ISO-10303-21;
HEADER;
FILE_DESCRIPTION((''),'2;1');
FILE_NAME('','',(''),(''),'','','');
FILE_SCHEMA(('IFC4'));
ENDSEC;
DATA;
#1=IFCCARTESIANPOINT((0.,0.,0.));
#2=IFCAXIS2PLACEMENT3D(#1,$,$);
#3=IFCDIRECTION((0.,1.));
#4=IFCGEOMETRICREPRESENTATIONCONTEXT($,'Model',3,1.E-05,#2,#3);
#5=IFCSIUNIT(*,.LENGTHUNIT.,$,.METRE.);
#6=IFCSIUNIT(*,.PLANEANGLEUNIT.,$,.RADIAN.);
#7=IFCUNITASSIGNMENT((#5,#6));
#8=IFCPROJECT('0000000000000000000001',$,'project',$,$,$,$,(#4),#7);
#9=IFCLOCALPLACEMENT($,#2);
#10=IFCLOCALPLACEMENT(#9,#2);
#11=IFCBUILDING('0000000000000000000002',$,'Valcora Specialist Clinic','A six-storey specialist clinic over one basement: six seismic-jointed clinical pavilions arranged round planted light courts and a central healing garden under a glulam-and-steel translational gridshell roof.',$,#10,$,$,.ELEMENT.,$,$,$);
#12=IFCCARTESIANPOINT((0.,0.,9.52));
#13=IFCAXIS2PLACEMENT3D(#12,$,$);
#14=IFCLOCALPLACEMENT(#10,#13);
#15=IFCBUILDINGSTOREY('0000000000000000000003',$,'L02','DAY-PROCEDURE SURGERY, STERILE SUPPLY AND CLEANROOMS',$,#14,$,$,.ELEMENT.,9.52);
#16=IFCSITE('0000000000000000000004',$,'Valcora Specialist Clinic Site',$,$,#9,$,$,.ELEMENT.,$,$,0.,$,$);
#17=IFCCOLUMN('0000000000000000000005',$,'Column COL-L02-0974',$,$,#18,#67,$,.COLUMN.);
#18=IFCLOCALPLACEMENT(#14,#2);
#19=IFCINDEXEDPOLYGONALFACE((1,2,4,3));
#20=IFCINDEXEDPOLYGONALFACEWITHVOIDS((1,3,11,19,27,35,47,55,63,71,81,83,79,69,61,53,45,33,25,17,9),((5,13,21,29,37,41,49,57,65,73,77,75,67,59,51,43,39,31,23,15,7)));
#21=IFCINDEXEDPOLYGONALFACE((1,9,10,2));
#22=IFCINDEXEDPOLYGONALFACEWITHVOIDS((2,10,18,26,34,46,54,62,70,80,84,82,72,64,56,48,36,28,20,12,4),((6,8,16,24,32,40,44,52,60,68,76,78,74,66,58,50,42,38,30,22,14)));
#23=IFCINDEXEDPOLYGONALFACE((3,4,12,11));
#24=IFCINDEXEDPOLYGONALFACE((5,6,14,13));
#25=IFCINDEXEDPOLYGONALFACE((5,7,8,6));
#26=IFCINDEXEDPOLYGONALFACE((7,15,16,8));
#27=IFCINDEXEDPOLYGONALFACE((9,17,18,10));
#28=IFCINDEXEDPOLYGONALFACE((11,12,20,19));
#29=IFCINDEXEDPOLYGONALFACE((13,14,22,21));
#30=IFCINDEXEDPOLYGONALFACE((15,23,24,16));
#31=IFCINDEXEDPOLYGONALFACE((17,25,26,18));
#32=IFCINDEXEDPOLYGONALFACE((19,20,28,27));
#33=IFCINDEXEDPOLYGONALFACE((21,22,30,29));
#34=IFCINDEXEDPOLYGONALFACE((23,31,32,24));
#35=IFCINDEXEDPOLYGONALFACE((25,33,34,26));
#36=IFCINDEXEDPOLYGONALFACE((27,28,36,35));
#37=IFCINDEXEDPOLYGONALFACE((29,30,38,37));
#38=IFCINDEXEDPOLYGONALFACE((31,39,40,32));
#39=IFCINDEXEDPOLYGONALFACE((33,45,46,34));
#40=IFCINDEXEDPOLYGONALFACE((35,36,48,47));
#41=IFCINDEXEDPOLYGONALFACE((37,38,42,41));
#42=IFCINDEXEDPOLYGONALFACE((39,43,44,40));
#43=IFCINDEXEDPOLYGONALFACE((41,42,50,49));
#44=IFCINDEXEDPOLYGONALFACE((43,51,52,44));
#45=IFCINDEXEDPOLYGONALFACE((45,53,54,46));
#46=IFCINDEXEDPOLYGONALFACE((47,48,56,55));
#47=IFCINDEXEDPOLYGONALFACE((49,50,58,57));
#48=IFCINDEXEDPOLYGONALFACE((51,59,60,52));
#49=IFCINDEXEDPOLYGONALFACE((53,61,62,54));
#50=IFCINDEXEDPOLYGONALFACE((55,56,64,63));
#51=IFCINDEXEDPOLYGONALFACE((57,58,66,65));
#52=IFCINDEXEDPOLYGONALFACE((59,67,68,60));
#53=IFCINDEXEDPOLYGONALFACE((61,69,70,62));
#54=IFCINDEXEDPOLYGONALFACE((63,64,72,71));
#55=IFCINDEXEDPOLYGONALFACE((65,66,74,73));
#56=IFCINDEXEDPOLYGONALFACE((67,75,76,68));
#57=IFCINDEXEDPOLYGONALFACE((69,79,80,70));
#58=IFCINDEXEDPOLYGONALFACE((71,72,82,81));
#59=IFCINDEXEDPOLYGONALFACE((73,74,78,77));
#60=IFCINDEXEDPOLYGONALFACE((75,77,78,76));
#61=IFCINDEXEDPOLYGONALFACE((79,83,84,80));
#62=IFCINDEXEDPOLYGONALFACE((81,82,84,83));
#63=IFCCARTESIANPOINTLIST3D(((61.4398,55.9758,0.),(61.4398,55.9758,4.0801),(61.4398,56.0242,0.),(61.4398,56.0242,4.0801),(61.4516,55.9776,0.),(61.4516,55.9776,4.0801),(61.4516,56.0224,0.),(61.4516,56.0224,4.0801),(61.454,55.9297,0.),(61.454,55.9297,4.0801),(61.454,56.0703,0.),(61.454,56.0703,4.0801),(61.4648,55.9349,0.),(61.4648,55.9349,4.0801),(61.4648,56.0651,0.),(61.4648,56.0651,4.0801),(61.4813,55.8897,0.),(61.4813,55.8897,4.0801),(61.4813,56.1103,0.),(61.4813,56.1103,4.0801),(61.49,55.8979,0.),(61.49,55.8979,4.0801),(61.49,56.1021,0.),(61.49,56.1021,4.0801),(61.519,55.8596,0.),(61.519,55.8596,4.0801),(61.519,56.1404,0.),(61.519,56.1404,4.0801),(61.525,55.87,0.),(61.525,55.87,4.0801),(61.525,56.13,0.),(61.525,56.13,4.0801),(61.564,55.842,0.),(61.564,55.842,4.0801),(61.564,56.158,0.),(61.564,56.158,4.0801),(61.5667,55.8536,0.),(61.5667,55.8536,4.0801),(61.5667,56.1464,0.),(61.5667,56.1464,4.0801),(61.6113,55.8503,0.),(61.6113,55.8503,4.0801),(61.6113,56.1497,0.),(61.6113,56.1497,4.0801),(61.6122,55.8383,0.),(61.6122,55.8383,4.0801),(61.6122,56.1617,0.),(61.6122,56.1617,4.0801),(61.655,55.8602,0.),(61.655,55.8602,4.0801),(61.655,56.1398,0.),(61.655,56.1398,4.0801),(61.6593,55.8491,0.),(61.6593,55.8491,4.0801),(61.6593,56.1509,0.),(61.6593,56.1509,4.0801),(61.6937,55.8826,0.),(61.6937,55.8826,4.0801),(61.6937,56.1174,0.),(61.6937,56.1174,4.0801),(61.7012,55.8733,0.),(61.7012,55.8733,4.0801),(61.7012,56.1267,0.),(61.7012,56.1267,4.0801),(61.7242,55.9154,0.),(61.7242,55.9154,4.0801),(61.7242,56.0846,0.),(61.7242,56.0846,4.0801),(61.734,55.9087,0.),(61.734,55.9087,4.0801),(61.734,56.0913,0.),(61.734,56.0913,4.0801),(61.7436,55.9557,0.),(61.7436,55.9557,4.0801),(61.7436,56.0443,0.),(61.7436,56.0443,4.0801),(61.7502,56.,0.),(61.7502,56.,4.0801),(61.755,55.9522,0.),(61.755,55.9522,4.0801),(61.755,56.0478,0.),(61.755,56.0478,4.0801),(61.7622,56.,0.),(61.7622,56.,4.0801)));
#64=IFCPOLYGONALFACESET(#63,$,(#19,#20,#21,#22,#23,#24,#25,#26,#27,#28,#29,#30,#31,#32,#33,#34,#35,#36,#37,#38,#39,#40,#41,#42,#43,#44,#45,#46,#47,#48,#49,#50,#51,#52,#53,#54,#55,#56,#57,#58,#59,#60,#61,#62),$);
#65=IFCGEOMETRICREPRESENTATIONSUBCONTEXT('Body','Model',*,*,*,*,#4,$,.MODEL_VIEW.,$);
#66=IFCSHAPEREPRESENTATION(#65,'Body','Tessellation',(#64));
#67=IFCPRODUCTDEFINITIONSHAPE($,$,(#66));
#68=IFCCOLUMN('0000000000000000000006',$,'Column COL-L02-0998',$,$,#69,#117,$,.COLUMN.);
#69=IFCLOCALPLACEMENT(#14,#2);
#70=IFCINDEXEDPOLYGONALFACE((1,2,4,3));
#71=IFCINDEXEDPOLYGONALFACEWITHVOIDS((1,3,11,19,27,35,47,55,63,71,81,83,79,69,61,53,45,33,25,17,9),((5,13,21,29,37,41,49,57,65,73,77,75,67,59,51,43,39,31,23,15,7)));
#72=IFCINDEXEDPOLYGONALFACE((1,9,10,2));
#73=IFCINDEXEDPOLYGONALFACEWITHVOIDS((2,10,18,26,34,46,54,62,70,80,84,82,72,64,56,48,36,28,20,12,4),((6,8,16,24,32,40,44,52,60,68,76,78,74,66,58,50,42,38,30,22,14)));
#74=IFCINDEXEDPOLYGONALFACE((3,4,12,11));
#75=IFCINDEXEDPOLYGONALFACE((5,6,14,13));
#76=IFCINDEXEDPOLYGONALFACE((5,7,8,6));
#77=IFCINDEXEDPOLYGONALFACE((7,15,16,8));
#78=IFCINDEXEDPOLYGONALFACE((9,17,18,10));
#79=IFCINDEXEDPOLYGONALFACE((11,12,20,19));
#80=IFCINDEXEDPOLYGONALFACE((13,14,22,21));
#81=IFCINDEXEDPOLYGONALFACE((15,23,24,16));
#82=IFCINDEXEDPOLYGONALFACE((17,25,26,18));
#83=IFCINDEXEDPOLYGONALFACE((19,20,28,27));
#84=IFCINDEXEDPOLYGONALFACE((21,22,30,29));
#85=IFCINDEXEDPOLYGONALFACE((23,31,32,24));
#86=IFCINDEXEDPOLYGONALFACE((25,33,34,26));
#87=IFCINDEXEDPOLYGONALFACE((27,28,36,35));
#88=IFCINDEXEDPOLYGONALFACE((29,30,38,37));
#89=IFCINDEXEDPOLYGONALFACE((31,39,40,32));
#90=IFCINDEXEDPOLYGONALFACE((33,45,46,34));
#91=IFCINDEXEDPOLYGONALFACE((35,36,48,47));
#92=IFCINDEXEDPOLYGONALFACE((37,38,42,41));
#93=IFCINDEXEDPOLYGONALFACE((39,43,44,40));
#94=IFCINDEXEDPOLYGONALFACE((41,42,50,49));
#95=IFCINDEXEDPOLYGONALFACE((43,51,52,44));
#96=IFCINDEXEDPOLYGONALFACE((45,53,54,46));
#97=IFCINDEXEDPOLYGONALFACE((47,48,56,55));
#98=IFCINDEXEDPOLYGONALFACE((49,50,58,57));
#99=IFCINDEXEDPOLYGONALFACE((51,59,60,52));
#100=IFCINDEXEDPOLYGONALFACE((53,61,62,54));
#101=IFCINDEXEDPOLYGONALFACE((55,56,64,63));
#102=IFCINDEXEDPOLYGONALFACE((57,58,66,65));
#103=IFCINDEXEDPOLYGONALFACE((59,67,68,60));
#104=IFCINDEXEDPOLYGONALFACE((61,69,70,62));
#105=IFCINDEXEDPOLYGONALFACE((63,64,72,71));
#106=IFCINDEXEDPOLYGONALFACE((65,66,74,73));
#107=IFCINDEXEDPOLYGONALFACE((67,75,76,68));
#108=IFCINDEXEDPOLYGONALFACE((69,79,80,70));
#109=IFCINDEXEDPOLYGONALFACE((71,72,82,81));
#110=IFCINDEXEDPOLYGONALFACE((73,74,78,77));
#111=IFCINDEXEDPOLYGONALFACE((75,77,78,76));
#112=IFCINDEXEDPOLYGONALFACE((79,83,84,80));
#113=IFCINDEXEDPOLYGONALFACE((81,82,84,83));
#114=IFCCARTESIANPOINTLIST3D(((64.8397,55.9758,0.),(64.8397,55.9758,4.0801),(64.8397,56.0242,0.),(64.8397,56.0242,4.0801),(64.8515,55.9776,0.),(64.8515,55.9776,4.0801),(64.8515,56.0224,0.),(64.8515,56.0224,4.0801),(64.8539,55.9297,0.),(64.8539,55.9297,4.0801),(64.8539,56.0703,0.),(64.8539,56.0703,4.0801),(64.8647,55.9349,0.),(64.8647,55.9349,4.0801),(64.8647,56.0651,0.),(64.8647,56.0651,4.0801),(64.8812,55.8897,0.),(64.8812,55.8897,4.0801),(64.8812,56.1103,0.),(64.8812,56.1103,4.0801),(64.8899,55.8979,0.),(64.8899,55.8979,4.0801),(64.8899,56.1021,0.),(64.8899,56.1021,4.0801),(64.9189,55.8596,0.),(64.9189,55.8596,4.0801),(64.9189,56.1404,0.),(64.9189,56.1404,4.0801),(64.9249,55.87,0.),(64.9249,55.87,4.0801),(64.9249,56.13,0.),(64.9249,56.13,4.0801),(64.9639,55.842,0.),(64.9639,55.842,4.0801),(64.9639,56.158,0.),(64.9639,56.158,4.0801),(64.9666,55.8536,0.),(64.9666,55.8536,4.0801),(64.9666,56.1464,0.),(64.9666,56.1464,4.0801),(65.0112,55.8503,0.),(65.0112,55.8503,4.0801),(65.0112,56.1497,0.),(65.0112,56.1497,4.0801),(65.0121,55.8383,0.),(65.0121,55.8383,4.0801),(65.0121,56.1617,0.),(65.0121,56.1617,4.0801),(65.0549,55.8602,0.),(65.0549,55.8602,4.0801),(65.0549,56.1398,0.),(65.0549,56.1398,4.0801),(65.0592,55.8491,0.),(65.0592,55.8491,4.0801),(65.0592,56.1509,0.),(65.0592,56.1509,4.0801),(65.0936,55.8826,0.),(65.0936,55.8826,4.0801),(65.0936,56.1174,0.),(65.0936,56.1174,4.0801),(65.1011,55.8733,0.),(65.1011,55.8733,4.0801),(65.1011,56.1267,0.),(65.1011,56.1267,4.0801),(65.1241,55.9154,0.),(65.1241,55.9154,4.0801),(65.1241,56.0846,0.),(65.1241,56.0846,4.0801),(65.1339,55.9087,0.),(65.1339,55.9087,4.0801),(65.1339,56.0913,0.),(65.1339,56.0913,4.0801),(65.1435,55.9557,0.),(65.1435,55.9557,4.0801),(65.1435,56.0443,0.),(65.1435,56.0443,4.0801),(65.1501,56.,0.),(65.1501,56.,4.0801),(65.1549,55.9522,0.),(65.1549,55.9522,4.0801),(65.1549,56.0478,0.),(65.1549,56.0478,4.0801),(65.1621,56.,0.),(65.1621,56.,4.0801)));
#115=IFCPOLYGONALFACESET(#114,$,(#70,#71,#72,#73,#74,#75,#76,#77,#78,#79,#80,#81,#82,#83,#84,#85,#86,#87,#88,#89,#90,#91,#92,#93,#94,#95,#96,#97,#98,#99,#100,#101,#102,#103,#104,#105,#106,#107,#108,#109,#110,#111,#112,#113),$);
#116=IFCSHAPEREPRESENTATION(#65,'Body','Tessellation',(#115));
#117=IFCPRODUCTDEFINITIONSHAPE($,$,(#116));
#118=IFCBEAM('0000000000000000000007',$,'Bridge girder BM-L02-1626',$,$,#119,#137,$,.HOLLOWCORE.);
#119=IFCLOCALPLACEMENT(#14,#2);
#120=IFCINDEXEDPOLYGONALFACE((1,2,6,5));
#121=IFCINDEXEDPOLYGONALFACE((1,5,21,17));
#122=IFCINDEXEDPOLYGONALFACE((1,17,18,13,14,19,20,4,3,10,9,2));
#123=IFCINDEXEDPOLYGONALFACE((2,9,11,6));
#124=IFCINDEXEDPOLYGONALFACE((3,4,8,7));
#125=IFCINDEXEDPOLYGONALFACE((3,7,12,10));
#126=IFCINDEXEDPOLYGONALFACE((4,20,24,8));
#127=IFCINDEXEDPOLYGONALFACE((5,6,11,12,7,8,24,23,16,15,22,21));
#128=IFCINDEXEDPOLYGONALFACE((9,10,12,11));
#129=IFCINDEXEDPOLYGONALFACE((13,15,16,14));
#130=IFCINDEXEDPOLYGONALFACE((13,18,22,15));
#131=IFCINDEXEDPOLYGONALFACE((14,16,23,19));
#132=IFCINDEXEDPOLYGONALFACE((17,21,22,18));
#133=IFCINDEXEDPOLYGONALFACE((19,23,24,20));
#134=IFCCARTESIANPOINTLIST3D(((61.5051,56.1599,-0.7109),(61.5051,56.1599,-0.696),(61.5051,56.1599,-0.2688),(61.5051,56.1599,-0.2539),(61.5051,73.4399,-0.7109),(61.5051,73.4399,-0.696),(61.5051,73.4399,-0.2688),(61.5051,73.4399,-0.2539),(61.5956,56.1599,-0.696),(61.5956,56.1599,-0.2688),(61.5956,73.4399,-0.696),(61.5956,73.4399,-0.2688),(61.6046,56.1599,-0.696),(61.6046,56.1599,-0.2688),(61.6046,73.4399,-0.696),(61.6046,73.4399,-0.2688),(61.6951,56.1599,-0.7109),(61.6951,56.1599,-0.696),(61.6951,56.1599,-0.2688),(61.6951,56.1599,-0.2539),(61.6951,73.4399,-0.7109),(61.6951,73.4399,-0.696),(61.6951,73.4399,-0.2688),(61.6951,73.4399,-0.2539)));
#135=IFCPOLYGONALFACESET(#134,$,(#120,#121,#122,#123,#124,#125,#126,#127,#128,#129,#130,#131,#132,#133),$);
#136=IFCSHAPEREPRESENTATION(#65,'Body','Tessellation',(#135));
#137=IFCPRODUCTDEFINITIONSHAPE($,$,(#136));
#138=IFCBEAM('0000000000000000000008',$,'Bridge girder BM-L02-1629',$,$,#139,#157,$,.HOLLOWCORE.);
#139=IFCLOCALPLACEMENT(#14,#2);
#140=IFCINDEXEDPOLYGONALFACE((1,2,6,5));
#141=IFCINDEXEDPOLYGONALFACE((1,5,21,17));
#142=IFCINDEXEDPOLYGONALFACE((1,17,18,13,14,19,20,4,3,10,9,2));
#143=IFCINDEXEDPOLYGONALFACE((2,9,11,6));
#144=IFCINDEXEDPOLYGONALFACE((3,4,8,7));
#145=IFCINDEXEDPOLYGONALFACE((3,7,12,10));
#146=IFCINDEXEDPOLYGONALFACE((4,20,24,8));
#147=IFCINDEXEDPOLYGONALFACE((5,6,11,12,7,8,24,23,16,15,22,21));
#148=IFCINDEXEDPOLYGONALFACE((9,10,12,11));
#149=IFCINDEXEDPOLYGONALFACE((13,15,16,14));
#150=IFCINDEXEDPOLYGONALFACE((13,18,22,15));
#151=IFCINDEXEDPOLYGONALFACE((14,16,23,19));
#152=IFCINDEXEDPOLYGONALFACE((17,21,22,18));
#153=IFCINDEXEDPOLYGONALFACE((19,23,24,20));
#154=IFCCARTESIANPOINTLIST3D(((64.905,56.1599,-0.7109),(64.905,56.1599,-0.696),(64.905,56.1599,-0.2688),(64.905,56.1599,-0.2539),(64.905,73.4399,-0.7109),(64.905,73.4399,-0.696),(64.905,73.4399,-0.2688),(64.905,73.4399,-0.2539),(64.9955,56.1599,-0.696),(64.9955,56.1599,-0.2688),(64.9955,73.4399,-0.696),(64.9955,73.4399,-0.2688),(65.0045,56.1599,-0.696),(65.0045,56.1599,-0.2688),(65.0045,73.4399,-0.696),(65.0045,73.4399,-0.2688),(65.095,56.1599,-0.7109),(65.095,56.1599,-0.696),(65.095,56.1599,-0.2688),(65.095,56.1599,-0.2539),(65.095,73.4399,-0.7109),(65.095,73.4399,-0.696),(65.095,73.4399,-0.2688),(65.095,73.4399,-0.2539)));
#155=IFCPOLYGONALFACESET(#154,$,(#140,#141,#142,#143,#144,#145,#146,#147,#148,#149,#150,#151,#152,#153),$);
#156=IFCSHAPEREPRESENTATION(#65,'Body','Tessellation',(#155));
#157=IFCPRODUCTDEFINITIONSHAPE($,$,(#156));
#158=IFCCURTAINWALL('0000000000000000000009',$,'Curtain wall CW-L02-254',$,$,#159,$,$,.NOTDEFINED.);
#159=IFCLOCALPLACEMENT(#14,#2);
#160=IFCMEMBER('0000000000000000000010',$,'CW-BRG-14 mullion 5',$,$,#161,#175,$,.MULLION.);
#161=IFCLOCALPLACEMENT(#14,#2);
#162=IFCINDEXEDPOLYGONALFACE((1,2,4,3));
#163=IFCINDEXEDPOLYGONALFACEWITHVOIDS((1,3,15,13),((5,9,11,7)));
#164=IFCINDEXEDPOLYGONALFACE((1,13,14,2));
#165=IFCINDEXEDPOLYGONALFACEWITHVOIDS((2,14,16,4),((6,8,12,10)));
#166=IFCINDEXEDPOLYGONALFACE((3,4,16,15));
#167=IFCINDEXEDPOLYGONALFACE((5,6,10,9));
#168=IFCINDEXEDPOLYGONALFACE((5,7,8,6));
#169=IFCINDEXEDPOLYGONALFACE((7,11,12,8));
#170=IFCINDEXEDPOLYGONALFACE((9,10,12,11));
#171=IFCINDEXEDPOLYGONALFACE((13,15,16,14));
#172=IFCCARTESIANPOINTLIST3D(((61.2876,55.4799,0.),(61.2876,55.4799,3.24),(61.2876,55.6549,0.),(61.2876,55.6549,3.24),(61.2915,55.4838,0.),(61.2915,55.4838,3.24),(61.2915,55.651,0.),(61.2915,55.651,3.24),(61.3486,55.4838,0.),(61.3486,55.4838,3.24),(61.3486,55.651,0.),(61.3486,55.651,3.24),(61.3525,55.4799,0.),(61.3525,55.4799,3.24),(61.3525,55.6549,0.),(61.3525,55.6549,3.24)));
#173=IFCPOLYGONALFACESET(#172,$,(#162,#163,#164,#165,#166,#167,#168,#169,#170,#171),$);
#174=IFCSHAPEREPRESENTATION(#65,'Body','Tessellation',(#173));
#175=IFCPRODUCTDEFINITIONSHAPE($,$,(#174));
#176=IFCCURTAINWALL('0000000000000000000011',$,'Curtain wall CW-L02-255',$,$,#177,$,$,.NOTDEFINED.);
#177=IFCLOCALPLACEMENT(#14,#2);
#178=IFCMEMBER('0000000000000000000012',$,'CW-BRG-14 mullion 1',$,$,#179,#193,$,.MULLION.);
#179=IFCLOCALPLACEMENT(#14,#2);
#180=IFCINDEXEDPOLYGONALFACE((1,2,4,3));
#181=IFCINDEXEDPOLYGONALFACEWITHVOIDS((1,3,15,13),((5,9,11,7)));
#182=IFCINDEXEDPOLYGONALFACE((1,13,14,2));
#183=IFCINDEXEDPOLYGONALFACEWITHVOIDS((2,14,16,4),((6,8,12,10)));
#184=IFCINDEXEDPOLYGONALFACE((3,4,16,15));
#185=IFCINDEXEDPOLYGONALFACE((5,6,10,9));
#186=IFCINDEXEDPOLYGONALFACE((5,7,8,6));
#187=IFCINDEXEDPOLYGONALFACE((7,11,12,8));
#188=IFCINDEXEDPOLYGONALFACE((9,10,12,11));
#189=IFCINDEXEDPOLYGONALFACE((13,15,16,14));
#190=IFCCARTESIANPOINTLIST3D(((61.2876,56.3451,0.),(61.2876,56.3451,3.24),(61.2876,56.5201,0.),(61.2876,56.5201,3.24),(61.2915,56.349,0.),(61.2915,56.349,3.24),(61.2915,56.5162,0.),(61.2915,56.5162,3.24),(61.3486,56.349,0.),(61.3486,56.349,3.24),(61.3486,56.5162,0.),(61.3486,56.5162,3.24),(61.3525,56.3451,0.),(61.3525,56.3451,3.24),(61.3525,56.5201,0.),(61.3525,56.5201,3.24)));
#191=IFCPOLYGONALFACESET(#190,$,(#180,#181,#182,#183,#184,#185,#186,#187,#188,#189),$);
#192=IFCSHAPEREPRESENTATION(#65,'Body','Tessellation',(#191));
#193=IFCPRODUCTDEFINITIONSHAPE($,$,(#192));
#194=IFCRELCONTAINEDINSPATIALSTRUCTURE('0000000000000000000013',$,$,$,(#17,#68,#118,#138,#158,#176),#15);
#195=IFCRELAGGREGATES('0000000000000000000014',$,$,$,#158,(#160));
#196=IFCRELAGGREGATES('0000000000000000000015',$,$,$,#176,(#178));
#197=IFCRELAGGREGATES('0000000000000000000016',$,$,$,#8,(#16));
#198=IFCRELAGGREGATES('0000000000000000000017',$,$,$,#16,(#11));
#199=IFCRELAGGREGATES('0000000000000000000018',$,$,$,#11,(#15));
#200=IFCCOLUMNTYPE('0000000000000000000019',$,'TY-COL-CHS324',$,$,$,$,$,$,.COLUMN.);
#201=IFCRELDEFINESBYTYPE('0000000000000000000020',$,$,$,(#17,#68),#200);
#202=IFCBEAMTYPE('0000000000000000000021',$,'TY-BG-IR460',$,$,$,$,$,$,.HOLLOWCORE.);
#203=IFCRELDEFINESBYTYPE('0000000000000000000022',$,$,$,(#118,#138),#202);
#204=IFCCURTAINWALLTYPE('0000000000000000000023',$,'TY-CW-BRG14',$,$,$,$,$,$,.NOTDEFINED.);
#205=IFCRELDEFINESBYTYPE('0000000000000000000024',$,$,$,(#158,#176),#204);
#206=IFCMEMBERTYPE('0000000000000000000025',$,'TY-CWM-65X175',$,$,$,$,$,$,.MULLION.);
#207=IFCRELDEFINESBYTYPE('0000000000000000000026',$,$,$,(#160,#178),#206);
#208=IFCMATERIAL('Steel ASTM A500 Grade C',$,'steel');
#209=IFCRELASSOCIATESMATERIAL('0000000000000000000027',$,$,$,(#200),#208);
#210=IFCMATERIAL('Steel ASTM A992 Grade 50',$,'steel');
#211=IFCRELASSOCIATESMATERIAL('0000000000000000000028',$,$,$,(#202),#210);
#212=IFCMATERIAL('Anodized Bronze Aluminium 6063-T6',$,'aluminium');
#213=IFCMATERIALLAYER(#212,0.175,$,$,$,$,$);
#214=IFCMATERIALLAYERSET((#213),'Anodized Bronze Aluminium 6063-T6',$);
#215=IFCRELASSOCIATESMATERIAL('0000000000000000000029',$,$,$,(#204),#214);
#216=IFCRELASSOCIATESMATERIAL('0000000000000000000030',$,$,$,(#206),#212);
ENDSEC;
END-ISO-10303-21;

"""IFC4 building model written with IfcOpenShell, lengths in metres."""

from ifc_helpers import new_model, si_unit, direction, frame, origin, origin_2d, place, context, subcontext, project, spatial, hollow_rectangle, hollow_circle, i_section, extrude, material, layer, layer_set, material_profile, profile_set, type_object, element, aggregate, save


model = new_model("IFC4")

# Units and contexts
model_context = context("Model", 3, precision=1e-05, world=origin(), true_north=direction((0.0, 1.0)))
body_context = subcontext(model_context, "Body", "Model", "MODEL_VIEW")
ifc_project = project(units=[si_unit("LENGTHUNIT", "METRE"), si_unit("PLANEANGLEUNIT", "RADIAN")], contexts=[model_context])

# Site, building, storey
site_placement = place(None, origin())
site = spatial("IfcSite", under=ifc_project, at=site_placement, Name="Valcora Specialist Clinic Site", CompositionType="ELEMENT", RefElevation=0.0)
building_placement = place(site_placement, origin())
building = spatial("IfcBuilding", under=site, at=building_placement, Name="Valcora Specialist Clinic", Description="A six-storey specialist clinic over one basement: six seismic-jointed clinical pavilions arranged round planted light courts and a central healing garden under a glulam-and-steel translational gridshell roof.", CompositionType="ELEMENT")
storey_placement = place(building_placement, frame((0.0, 0.0, 9.52)))
storey = spatial("IfcBuildingStorey", under=building, at=storey_placement, Name="L02", Description="DAY-PROCEDURE SURGERY, STERILE SUPPLY AND CLEANROOMS", CompositionType="ELEMENT", Elevation=9.52)

# Columns
ifc_material_1 = material(Name="Steel ASTM A500 Grade C", Category="steel")
ifc_material_profile_1 = material_profile(ifc_material_1, hollow_circle(Radius=0.1621, WallThickness=0.012, at=origin_2d()), Name="ST-CHS-324X12")
ifc_profile_set_1 = profile_set([ifc_material_profile_1], Name="Steel ASTM A500 Grade C")
column_type = type_object("IfcColumnType", Name="TY-COL-CHS324", PredefinedType="COLUMN", material=ifc_profile_set_1)
for number, where, z_axis, x_axis, name in (
    (1, (61.6001, 56.0, 0.0), (0.0, 0.0, 1.0), (1.0, 0.0, 0.0), "Column COL-L02-0974"),
    (2, (65.0, 56.0, 0.0), (0.0, 0.0, 1.0), (1.0, 0.0, 0.0), "Column COL-L02-0998"),
):
    element("IfcColumn", number, at=place(storey_placement, frame(where, z_axis=z_axis, x_axis=x_axis)), inside=storey, type_object=column_type, Name=name, PredefinedType="COLUMN", context=body_context, shape_type="SweptSolid", body=[
        extrude(hollow_circle(Radius=0.1621, WallThickness=0.012, at=origin_2d()), origin(), (0.0, 0.0, 1.0), 4.0801),
    ])

# Beams
ifc_material_2 = material(Name="Steel ASTM A992 Grade 50", Category="steel")
ifc_material_profile_2 = material_profile(ifc_material_2, i_section(OverallWidth=0.1899, OverallDepth=0.457, WebThickness=0.009, FlangeThickness=0.0149, at=origin_2d()), Name="ST-IR-460X190")
ifc_profile_set_2 = profile_set([ifc_material_profile_2], Name="Steel ASTM A992 Grade 50")
beam_type = type_object("IfcBeamType", Name="TY-BG-IR460", PredefinedType="HOLLOWCORE", material=ifc_profile_set_2)
for number, where, z_axis, x_axis, name in (
    (3, (61.6001, 56.1599, -0.4824), (0.0, 1.0, 0.0), (-1.0, 0.0, 0.0), "Bridge girder BM-L02-1626"),
    (4, (65.0, 56.1599, -0.4824), (0.0, 1.0, 0.0), (-1.0, 0.0, 0.0), "Bridge girder BM-L02-1629"),
):
    element("IfcBeam", number, at=place(storey_placement, frame(where, z_axis=z_axis, x_axis=x_axis)), inside=storey, type_object=beam_type, Name=name, PredefinedType="HOLLOWCORE", context=body_context, shape_type="SweptSolid", body=[
        extrude(i_section(OverallWidth=0.1899, OverallDepth=0.457, WebThickness=0.009, FlangeThickness=0.0149, at=origin_2d()), origin(), (0.0, 0.0, 1.0), 17.28),
    ])

# Curtain wall, member
ifc_material_3 = material(Name="Anodized Bronze Aluminium 6063-T6", Category="aluminium")
ifc_layer_1 = layer(ifc_material_3, 0.175)
ifc_layer_set_1 = layer_set([ifc_layer_1], Name="Anodized Bronze Aluminium 6063-T6")
curtain_wall_type = type_object("IfcCurtainWallType", Name="TY-CW-BRG14", PredefinedType="NOTDEFINED", material=ifc_layer_set_1)
curtain_wall_1_placement = place(storey_placement, origin())
curtain_wall_1 = element("IfcCurtainWall", 5, at=curtain_wall_1_placement, inside=storey, type_object=curtain_wall_type, Name="Curtain wall CW-L02-254", PredefinedType="NOTDEFINED")
ifc_material_profile_3 = material_profile(ifc_material_3, hollow_rectangle(XDim=0.0649, YDim=0.175, WallThickness=0.0039, at=origin_2d()), Name="AL-MUL-65X175")
ifc_profile_set_3 = profile_set([ifc_material_profile_3], Name="Anodized Bronze Aluminium 6063-T6")
member_type_1 = type_object("IfcMemberType", Name="TY-CWM-65X175", PredefinedType="MULLION", material=ifc_profile_set_3)
member_1_placement = place(storey_placement, frame((61.3201, 55.5674, 0.0), z_axis=(0.0, 0.0, 1.0), x_axis=(-1.0, 0.0, 0.0)))
member_1 = element("IfcMember", 6, at=member_1_placement, type_object=member_type_1, Name="CW-BRG-14 mullion 5", PredefinedType="MULLION", context=body_context, shape_type="SweptSolid", body=[
    extrude(hollow_rectangle(XDim=0.0649, YDim=0.175, WallThickness=0.0039, at=origin_2d()), origin(), (0.0, 0.0, 1.0), 3.24),
])

# Curtain wall, member
curtain_wall_2_placement = place(storey_placement, origin())
curtain_wall_2 = element("IfcCurtainWall", 7, at=curtain_wall_2_placement, inside=storey, type_object=curtain_wall_type, Name="Curtain wall CW-L02-255", PredefinedType="NOTDEFINED")
member_2_placement = place(storey_placement, frame((61.3201, 56.4326, 0.0), z_axis=(0.0, 0.0, 1.0), x_axis=(-1.0, 0.0, 0.0)))
member_2 = element("IfcMember", 8, at=member_2_placement, type_object=member_type_1, Name="CW-BRG-14 mullion 1", PredefinedType="MULLION", context=body_context, shape_type="SweptSolid", body=[
    extrude(hollow_rectangle(XDim=0.0649, YDim=0.175, WallThickness=0.0039, at=origin_2d()), origin(), (0.0, 0.0, 1.0), 3.24),
])

aggregate(curtain_wall_1, [member_1])
aggregate(curtain_wall_2, [member_2])

save(model, "model.ifc")
